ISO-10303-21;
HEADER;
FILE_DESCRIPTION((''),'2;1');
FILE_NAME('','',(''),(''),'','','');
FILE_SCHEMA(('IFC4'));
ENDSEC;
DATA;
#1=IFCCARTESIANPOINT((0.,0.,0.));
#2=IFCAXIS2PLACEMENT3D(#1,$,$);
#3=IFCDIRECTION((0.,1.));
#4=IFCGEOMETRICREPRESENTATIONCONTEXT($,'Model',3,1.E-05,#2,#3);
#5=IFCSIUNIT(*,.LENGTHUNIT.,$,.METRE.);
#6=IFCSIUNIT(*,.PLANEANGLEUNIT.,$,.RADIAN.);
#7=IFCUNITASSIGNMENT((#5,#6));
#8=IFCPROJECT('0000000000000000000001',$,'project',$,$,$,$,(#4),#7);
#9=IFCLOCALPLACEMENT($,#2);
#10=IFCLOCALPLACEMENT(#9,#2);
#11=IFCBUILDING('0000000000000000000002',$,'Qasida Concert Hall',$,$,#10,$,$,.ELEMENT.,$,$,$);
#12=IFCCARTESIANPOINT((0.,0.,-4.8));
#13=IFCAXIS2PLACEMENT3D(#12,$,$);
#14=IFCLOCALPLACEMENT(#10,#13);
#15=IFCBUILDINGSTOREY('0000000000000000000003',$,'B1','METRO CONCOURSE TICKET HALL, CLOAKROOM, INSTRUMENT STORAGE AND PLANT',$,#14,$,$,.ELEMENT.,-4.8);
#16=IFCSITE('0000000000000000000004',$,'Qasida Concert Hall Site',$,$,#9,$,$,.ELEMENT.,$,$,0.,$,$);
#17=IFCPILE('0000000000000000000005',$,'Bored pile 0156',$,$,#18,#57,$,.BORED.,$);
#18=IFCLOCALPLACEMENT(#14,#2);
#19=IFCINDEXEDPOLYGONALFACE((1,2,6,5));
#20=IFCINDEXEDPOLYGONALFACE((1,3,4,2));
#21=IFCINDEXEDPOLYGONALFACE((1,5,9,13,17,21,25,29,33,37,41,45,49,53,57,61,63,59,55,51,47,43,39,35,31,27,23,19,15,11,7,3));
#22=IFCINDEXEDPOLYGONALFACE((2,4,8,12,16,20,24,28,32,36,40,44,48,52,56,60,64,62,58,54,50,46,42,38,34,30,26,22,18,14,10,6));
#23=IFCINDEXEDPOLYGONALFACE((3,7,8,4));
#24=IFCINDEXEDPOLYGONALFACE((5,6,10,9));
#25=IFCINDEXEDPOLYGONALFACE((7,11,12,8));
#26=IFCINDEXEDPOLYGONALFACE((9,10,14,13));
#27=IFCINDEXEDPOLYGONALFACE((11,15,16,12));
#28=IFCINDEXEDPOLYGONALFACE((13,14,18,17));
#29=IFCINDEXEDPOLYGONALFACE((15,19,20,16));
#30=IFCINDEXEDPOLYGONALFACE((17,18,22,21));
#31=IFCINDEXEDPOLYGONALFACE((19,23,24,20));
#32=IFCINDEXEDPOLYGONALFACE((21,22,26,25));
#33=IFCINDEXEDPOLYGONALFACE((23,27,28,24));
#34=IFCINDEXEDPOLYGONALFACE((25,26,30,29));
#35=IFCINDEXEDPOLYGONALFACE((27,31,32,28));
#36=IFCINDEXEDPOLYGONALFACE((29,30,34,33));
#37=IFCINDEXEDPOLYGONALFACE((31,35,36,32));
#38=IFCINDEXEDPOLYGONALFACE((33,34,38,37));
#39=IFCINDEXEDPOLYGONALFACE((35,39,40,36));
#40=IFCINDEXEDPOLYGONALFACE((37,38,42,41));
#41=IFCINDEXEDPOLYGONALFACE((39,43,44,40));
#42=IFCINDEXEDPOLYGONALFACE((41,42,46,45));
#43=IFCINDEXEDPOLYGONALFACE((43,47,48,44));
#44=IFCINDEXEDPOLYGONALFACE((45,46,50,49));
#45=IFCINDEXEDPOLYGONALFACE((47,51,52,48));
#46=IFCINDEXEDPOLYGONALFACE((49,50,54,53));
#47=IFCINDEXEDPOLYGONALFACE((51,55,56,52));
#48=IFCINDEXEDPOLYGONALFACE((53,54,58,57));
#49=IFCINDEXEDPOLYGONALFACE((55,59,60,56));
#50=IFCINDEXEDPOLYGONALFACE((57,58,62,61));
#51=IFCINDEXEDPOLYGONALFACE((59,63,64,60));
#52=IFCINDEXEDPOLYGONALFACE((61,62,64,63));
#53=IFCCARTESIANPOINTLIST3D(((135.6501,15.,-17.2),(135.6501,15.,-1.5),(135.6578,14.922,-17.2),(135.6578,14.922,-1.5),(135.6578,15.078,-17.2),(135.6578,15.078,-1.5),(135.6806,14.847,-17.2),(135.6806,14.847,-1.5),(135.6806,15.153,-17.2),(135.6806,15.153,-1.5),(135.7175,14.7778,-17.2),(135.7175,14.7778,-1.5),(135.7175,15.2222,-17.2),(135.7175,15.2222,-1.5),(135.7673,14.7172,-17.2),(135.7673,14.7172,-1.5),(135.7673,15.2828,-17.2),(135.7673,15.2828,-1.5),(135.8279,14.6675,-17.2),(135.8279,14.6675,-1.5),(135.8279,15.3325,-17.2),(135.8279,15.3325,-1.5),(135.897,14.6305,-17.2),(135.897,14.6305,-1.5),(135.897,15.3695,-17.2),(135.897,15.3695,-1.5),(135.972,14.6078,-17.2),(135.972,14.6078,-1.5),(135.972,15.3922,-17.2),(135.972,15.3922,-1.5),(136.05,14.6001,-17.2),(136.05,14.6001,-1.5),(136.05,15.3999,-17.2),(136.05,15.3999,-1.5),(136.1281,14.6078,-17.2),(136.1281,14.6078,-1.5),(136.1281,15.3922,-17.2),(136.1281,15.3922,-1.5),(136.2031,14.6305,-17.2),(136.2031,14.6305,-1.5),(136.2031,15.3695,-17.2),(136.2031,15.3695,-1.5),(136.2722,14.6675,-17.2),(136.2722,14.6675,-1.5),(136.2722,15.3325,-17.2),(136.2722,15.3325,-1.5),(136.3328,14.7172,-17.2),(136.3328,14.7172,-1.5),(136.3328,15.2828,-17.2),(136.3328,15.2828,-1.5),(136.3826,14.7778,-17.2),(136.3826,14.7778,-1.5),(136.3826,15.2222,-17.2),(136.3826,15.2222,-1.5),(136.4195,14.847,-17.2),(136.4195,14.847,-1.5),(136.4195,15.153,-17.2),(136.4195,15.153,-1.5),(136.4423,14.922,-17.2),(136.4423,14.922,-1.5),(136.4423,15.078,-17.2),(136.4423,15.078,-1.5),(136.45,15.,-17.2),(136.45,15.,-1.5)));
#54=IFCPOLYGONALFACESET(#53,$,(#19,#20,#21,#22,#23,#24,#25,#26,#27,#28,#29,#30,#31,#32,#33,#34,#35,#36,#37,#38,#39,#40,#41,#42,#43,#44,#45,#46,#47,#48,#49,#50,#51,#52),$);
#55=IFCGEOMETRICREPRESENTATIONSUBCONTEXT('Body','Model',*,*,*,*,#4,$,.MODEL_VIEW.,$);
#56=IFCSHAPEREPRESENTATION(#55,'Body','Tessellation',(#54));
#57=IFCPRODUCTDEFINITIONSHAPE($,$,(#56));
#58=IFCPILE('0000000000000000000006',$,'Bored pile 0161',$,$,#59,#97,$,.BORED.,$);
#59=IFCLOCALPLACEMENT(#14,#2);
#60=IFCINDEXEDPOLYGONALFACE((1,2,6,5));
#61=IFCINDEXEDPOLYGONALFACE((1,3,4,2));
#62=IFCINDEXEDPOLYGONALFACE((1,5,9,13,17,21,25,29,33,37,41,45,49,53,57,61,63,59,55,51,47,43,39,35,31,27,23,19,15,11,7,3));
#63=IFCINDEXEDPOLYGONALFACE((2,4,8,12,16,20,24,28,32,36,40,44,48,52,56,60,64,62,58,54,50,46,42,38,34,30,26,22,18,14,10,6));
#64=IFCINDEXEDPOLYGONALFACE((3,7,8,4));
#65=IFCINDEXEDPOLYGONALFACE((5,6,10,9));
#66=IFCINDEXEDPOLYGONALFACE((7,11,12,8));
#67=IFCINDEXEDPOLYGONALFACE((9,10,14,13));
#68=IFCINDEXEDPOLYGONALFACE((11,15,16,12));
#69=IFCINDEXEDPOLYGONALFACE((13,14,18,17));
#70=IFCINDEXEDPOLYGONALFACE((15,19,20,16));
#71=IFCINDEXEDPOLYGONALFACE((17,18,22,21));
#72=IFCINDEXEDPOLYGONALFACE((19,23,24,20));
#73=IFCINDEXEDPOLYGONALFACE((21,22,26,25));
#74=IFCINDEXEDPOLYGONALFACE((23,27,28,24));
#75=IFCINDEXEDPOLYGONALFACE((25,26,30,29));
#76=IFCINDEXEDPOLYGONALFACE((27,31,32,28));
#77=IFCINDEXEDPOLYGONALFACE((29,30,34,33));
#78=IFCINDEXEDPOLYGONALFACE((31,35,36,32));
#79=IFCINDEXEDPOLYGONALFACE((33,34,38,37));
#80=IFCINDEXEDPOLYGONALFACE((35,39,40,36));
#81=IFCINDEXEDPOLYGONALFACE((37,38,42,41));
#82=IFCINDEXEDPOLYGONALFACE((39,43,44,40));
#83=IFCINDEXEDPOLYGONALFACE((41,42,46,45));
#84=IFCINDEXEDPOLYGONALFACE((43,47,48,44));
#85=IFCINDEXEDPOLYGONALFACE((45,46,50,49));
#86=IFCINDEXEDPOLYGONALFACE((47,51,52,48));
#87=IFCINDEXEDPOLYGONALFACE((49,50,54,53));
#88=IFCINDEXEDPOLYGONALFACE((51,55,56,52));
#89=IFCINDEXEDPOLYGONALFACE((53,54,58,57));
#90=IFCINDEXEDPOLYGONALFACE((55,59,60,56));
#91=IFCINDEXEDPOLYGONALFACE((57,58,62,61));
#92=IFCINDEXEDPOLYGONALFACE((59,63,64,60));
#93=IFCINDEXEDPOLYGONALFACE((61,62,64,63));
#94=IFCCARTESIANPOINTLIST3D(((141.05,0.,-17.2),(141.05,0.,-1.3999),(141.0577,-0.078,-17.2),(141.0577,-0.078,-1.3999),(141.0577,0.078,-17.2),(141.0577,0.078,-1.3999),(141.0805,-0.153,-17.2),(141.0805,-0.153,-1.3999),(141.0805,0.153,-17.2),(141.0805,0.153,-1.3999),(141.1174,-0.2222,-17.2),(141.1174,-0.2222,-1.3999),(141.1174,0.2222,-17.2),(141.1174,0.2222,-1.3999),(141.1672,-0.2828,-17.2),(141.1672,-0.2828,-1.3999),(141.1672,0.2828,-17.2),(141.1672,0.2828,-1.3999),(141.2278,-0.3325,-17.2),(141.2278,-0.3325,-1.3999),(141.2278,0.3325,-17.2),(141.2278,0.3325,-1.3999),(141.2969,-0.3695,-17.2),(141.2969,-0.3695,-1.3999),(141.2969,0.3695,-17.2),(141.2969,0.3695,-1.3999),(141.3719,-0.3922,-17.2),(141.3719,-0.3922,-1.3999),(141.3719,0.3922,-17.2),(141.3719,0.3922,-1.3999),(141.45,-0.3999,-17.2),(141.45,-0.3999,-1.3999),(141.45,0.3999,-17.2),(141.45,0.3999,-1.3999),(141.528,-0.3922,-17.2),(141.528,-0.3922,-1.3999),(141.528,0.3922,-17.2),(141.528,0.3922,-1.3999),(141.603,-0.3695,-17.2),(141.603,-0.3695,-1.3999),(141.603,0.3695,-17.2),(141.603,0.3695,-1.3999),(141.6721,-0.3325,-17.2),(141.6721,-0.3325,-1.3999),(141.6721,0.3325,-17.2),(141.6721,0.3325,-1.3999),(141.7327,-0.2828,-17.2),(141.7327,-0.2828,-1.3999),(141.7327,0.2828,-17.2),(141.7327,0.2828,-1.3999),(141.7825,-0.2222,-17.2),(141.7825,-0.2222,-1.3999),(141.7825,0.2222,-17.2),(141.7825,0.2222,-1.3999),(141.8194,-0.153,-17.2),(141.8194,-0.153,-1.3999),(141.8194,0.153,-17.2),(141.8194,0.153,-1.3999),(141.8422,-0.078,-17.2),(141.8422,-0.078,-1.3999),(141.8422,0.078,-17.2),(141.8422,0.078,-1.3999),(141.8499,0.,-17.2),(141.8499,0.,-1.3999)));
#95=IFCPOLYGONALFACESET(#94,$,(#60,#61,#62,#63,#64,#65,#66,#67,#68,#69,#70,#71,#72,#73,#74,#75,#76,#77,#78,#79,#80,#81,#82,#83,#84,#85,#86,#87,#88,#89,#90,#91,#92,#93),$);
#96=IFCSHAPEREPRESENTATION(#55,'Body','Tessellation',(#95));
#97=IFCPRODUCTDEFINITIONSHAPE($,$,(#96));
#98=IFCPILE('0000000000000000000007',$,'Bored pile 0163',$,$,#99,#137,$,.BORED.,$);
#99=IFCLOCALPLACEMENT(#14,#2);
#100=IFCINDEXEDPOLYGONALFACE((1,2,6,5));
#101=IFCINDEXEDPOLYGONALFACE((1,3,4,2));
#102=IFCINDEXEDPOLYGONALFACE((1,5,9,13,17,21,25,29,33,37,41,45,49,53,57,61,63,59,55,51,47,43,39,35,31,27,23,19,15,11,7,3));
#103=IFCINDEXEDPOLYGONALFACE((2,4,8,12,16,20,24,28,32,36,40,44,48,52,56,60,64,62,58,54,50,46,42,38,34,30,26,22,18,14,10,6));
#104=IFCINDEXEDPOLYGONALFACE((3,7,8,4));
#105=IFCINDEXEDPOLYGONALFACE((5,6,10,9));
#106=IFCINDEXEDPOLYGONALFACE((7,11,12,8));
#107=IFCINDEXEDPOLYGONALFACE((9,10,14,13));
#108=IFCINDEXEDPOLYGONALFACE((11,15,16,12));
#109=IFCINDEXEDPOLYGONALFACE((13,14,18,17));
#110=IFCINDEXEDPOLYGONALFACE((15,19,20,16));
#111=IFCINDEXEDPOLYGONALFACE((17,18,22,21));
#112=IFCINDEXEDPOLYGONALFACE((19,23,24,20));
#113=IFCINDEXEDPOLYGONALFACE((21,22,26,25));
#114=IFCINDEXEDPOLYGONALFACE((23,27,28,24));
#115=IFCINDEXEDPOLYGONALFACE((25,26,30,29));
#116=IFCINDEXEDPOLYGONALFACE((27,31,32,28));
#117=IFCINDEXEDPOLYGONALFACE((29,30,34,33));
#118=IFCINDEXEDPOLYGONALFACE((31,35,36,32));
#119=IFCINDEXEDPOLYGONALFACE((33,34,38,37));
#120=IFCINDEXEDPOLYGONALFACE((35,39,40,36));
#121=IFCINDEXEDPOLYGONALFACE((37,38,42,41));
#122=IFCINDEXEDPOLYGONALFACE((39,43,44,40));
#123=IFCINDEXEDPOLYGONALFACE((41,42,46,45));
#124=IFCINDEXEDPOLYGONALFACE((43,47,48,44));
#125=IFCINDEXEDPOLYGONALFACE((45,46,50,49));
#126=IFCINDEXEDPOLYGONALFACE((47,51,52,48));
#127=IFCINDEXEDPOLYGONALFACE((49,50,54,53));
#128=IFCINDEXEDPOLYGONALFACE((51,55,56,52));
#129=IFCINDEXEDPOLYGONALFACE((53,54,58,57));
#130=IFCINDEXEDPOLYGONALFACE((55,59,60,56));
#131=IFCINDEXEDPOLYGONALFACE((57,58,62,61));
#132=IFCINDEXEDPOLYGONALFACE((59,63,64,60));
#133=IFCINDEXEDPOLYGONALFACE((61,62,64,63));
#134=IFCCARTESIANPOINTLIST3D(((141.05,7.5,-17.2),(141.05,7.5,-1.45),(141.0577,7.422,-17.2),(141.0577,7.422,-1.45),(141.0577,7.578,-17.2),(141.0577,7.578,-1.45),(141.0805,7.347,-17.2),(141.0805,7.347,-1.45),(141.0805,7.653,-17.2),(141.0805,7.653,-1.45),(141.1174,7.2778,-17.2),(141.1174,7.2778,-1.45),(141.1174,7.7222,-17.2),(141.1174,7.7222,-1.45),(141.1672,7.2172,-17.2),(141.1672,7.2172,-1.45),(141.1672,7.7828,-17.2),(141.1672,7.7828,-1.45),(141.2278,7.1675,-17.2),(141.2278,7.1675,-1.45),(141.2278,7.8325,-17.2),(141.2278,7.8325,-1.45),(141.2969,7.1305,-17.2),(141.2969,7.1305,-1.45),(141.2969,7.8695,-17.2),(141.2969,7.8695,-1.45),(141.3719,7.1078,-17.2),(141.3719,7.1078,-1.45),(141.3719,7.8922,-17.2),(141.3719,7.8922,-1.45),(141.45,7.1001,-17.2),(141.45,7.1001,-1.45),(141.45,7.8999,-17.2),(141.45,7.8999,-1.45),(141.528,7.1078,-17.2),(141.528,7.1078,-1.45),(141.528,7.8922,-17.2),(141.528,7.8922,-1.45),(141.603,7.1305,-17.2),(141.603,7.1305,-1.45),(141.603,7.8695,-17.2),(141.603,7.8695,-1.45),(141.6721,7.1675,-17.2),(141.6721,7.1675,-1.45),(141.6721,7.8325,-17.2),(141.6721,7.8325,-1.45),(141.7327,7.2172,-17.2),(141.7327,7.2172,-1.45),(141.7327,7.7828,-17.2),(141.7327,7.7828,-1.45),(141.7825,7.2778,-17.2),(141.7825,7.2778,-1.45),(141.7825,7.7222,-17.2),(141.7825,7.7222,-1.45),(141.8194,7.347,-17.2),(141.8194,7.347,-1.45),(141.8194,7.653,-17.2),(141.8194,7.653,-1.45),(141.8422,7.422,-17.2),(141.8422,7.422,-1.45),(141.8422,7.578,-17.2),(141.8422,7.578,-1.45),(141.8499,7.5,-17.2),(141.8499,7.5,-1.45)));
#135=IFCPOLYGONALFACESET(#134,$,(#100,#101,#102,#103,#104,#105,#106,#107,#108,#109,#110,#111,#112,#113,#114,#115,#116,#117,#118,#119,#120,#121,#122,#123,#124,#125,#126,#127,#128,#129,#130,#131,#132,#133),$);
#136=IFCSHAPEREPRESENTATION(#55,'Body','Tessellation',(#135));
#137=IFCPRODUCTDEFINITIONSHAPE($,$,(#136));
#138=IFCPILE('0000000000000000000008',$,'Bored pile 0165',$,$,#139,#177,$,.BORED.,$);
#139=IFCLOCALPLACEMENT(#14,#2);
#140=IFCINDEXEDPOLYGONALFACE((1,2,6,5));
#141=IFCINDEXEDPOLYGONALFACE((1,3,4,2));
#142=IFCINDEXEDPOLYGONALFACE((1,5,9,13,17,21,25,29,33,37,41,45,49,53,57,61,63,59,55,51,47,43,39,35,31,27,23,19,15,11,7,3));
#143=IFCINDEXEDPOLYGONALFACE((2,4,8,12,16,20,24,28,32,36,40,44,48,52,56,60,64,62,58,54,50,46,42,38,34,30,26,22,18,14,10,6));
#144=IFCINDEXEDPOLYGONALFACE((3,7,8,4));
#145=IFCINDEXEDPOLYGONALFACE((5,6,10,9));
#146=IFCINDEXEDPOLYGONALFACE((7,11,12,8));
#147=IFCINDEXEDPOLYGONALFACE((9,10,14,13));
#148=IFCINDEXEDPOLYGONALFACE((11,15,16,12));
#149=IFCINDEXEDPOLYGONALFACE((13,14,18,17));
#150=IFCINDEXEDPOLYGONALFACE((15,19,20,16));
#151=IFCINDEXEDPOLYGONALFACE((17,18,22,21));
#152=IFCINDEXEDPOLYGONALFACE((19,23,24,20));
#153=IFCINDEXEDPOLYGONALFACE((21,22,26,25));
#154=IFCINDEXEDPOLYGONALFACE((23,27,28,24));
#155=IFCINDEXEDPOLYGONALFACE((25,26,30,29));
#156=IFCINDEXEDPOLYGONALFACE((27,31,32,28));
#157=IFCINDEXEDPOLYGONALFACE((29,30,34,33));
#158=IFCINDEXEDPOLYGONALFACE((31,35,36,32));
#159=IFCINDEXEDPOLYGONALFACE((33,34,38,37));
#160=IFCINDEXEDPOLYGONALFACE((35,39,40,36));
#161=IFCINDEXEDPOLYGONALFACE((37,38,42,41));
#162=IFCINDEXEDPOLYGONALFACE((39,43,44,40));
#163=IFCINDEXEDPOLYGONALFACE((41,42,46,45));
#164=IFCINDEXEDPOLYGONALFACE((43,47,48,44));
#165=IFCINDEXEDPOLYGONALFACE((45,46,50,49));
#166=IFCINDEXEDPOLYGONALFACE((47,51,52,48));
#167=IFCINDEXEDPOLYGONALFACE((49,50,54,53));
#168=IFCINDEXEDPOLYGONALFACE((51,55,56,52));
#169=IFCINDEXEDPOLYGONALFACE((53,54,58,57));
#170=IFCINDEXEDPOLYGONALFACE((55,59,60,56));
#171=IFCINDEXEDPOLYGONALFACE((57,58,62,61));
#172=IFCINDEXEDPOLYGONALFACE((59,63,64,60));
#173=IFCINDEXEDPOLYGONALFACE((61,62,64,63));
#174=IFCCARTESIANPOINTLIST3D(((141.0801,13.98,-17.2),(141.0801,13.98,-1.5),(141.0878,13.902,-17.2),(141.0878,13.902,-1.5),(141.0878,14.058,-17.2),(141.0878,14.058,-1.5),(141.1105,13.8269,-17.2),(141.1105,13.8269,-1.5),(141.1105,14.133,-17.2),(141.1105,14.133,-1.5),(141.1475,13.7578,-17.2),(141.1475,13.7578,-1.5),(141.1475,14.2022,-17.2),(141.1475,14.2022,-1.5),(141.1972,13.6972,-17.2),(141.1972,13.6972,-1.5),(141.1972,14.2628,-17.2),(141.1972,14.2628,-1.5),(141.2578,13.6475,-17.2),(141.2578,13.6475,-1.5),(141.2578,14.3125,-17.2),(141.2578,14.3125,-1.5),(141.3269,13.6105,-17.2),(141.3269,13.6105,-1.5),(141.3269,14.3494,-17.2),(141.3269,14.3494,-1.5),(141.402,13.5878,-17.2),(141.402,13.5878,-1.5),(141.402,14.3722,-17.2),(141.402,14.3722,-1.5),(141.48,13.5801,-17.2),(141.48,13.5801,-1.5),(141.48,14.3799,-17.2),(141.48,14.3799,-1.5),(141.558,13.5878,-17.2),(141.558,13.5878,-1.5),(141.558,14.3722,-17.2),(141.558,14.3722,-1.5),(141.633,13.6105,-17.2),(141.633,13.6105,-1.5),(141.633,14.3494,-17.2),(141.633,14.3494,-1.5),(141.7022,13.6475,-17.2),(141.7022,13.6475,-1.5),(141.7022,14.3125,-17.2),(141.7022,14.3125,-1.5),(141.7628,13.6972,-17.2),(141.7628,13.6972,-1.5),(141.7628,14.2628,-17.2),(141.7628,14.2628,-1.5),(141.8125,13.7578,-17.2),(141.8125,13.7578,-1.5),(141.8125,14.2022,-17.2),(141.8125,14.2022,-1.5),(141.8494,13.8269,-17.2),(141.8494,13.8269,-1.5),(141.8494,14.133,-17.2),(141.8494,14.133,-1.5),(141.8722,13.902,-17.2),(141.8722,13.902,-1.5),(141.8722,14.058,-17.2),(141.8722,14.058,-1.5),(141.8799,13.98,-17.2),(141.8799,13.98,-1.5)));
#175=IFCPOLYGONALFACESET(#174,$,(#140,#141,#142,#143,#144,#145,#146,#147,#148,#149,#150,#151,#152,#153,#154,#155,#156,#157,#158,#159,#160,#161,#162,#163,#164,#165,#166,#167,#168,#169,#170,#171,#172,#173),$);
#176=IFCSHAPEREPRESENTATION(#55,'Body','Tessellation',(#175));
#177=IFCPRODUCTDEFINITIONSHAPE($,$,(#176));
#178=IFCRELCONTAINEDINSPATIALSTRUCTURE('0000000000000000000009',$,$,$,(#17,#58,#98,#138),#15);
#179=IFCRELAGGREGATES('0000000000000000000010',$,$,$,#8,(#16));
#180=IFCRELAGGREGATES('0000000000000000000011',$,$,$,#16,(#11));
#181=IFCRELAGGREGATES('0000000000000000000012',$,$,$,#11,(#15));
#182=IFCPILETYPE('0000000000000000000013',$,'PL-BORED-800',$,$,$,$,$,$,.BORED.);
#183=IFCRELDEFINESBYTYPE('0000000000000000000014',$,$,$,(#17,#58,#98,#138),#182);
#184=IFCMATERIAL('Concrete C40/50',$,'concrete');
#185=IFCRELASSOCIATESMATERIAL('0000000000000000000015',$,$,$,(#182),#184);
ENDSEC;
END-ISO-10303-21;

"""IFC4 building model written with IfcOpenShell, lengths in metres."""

from ifc_helpers import new_model, si_unit, direction, frame, origin, origin_2d, place, context, subcontext, project, spatial, circle, extrude, material, material_profile, profile_set, type_object, element, save


model = new_model("IFC4")

# Units and contexts
model_context = context("Model", 3, precision=1e-05, world=origin(), true_north=direction((0.0, 1.0)))
body_context = subcontext(model_context, "Body", "Model", "MODEL_VIEW")
ifc_project = project(units=[si_unit("LENGTHUNIT", "METRE"), si_unit("PLANEANGLEUNIT", "RADIAN")], contexts=[model_context])

# Site, building, storey
site_placement = place(None, origin())
site = spatial("IfcSite", under=ifc_project, at=site_placement, Name="Qasida Concert Hall Site", CompositionType="ELEMENT", RefElevation=0.0)
building_placement = place(site_placement, origin())
building = spatial("IfcBuilding", under=site, at=building_placement, Name="Qasida Concert Hall", CompositionType="ELEMENT")
storey_placement = place(building_placement, frame((0.0, 0.0, -4.8)))
storey = spatial("IfcBuildingStorey", under=building, at=storey_placement, Name="B1", Description="METRO CONCOURSE TICKET HALL, CLOAKROOM, INSTRUMENT STORAGE AND PLANT", CompositionType="ELEMENT", Elevation=-4.8)

# Shared definitions
ifc_material_1 = material(Name="Concrete C40/50", Category="concrete")

# Piles
ifc_material_profile_1 = material_profile(ifc_material_1, circle(Radius=0.3999, at=origin_2d()), Name="BORED PILE D800")
ifc_profile_set_1 = profile_set([ifc_material_profile_1], Name="Concrete C40/50")
pile_type = type_object("IfcPileType", Name="PL-BORED-800", PredefinedType="BORED", material=ifc_profile_set_1)
pile_1_placement = place(storey_placement, frame((136.05, 15.0, -1.5), z_axis=(0.0, 0.0, -1.0), x_axis=(1.0, 0.0, 0.0)))
element("IfcPile", 1, at=pile_1_placement, inside=storey, type_object=pile_type, Name="Bored pile 0156", PredefinedType="BORED", context=body_context, shape_type="SweptSolid", body=[
    extrude(circle(Radius=0.3999, at=origin_2d()), origin(), (0.0, 0.0, 1.0), 15.7),
])
pile_2_placement = place(storey_placement, frame((141.45, 0.0, -1.3999), z_axis=(0.0, 0.0, -1.0), x_axis=(1.0, 0.0, 0.0)))
element("IfcPile", 2, at=pile_2_placement, inside=storey, type_object=pile_type, Name="Bored pile 0161", PredefinedType="BORED", context=body_context, shape_type="SweptSolid", body=[
    extrude(circle(Radius=0.3999, at=origin_2d()), origin(), (0.0, 0.0, 1.0), 15.8),
])
pile_3_placement = place(storey_placement, frame((141.45, 7.5, -1.45), z_axis=(0.0, 0.0, -1.0), x_axis=(1.0, 0.0, 0.0)))
element("IfcPile", 3, at=pile_3_placement, inside=storey, type_object=pile_type, Name="Bored pile 0163", PredefinedType="BORED", context=body_context, shape_type="SweptSolid", body=[
    extrude(circle(Radius=0.3999, at=origin_2d()), origin(), (0.0, 0.0, 1.0), 15.75),
])
for number, where, z_axis, x_axis, name in (
    (4, (141.48, 13.98, -1.5), (0.0, 0.0, -1.0), (1.0, 0.0, 0.0), "Bored pile 0165"),
):
    element("IfcPile", number, at=place(storey_placement, frame(where, z_axis=z_axis, x_axis=x_axis)), inside=storey, type_object=pile_type, Name=name, PredefinedType="BORED", context=body_context, shape_type="SweptSolid", body=[
        extrude(circle(Radius=0.3999, at=origin_2d()), origin(), (0.0, 0.0, 1.0), 15.7),
    ])

save(model, "model.ifc")
